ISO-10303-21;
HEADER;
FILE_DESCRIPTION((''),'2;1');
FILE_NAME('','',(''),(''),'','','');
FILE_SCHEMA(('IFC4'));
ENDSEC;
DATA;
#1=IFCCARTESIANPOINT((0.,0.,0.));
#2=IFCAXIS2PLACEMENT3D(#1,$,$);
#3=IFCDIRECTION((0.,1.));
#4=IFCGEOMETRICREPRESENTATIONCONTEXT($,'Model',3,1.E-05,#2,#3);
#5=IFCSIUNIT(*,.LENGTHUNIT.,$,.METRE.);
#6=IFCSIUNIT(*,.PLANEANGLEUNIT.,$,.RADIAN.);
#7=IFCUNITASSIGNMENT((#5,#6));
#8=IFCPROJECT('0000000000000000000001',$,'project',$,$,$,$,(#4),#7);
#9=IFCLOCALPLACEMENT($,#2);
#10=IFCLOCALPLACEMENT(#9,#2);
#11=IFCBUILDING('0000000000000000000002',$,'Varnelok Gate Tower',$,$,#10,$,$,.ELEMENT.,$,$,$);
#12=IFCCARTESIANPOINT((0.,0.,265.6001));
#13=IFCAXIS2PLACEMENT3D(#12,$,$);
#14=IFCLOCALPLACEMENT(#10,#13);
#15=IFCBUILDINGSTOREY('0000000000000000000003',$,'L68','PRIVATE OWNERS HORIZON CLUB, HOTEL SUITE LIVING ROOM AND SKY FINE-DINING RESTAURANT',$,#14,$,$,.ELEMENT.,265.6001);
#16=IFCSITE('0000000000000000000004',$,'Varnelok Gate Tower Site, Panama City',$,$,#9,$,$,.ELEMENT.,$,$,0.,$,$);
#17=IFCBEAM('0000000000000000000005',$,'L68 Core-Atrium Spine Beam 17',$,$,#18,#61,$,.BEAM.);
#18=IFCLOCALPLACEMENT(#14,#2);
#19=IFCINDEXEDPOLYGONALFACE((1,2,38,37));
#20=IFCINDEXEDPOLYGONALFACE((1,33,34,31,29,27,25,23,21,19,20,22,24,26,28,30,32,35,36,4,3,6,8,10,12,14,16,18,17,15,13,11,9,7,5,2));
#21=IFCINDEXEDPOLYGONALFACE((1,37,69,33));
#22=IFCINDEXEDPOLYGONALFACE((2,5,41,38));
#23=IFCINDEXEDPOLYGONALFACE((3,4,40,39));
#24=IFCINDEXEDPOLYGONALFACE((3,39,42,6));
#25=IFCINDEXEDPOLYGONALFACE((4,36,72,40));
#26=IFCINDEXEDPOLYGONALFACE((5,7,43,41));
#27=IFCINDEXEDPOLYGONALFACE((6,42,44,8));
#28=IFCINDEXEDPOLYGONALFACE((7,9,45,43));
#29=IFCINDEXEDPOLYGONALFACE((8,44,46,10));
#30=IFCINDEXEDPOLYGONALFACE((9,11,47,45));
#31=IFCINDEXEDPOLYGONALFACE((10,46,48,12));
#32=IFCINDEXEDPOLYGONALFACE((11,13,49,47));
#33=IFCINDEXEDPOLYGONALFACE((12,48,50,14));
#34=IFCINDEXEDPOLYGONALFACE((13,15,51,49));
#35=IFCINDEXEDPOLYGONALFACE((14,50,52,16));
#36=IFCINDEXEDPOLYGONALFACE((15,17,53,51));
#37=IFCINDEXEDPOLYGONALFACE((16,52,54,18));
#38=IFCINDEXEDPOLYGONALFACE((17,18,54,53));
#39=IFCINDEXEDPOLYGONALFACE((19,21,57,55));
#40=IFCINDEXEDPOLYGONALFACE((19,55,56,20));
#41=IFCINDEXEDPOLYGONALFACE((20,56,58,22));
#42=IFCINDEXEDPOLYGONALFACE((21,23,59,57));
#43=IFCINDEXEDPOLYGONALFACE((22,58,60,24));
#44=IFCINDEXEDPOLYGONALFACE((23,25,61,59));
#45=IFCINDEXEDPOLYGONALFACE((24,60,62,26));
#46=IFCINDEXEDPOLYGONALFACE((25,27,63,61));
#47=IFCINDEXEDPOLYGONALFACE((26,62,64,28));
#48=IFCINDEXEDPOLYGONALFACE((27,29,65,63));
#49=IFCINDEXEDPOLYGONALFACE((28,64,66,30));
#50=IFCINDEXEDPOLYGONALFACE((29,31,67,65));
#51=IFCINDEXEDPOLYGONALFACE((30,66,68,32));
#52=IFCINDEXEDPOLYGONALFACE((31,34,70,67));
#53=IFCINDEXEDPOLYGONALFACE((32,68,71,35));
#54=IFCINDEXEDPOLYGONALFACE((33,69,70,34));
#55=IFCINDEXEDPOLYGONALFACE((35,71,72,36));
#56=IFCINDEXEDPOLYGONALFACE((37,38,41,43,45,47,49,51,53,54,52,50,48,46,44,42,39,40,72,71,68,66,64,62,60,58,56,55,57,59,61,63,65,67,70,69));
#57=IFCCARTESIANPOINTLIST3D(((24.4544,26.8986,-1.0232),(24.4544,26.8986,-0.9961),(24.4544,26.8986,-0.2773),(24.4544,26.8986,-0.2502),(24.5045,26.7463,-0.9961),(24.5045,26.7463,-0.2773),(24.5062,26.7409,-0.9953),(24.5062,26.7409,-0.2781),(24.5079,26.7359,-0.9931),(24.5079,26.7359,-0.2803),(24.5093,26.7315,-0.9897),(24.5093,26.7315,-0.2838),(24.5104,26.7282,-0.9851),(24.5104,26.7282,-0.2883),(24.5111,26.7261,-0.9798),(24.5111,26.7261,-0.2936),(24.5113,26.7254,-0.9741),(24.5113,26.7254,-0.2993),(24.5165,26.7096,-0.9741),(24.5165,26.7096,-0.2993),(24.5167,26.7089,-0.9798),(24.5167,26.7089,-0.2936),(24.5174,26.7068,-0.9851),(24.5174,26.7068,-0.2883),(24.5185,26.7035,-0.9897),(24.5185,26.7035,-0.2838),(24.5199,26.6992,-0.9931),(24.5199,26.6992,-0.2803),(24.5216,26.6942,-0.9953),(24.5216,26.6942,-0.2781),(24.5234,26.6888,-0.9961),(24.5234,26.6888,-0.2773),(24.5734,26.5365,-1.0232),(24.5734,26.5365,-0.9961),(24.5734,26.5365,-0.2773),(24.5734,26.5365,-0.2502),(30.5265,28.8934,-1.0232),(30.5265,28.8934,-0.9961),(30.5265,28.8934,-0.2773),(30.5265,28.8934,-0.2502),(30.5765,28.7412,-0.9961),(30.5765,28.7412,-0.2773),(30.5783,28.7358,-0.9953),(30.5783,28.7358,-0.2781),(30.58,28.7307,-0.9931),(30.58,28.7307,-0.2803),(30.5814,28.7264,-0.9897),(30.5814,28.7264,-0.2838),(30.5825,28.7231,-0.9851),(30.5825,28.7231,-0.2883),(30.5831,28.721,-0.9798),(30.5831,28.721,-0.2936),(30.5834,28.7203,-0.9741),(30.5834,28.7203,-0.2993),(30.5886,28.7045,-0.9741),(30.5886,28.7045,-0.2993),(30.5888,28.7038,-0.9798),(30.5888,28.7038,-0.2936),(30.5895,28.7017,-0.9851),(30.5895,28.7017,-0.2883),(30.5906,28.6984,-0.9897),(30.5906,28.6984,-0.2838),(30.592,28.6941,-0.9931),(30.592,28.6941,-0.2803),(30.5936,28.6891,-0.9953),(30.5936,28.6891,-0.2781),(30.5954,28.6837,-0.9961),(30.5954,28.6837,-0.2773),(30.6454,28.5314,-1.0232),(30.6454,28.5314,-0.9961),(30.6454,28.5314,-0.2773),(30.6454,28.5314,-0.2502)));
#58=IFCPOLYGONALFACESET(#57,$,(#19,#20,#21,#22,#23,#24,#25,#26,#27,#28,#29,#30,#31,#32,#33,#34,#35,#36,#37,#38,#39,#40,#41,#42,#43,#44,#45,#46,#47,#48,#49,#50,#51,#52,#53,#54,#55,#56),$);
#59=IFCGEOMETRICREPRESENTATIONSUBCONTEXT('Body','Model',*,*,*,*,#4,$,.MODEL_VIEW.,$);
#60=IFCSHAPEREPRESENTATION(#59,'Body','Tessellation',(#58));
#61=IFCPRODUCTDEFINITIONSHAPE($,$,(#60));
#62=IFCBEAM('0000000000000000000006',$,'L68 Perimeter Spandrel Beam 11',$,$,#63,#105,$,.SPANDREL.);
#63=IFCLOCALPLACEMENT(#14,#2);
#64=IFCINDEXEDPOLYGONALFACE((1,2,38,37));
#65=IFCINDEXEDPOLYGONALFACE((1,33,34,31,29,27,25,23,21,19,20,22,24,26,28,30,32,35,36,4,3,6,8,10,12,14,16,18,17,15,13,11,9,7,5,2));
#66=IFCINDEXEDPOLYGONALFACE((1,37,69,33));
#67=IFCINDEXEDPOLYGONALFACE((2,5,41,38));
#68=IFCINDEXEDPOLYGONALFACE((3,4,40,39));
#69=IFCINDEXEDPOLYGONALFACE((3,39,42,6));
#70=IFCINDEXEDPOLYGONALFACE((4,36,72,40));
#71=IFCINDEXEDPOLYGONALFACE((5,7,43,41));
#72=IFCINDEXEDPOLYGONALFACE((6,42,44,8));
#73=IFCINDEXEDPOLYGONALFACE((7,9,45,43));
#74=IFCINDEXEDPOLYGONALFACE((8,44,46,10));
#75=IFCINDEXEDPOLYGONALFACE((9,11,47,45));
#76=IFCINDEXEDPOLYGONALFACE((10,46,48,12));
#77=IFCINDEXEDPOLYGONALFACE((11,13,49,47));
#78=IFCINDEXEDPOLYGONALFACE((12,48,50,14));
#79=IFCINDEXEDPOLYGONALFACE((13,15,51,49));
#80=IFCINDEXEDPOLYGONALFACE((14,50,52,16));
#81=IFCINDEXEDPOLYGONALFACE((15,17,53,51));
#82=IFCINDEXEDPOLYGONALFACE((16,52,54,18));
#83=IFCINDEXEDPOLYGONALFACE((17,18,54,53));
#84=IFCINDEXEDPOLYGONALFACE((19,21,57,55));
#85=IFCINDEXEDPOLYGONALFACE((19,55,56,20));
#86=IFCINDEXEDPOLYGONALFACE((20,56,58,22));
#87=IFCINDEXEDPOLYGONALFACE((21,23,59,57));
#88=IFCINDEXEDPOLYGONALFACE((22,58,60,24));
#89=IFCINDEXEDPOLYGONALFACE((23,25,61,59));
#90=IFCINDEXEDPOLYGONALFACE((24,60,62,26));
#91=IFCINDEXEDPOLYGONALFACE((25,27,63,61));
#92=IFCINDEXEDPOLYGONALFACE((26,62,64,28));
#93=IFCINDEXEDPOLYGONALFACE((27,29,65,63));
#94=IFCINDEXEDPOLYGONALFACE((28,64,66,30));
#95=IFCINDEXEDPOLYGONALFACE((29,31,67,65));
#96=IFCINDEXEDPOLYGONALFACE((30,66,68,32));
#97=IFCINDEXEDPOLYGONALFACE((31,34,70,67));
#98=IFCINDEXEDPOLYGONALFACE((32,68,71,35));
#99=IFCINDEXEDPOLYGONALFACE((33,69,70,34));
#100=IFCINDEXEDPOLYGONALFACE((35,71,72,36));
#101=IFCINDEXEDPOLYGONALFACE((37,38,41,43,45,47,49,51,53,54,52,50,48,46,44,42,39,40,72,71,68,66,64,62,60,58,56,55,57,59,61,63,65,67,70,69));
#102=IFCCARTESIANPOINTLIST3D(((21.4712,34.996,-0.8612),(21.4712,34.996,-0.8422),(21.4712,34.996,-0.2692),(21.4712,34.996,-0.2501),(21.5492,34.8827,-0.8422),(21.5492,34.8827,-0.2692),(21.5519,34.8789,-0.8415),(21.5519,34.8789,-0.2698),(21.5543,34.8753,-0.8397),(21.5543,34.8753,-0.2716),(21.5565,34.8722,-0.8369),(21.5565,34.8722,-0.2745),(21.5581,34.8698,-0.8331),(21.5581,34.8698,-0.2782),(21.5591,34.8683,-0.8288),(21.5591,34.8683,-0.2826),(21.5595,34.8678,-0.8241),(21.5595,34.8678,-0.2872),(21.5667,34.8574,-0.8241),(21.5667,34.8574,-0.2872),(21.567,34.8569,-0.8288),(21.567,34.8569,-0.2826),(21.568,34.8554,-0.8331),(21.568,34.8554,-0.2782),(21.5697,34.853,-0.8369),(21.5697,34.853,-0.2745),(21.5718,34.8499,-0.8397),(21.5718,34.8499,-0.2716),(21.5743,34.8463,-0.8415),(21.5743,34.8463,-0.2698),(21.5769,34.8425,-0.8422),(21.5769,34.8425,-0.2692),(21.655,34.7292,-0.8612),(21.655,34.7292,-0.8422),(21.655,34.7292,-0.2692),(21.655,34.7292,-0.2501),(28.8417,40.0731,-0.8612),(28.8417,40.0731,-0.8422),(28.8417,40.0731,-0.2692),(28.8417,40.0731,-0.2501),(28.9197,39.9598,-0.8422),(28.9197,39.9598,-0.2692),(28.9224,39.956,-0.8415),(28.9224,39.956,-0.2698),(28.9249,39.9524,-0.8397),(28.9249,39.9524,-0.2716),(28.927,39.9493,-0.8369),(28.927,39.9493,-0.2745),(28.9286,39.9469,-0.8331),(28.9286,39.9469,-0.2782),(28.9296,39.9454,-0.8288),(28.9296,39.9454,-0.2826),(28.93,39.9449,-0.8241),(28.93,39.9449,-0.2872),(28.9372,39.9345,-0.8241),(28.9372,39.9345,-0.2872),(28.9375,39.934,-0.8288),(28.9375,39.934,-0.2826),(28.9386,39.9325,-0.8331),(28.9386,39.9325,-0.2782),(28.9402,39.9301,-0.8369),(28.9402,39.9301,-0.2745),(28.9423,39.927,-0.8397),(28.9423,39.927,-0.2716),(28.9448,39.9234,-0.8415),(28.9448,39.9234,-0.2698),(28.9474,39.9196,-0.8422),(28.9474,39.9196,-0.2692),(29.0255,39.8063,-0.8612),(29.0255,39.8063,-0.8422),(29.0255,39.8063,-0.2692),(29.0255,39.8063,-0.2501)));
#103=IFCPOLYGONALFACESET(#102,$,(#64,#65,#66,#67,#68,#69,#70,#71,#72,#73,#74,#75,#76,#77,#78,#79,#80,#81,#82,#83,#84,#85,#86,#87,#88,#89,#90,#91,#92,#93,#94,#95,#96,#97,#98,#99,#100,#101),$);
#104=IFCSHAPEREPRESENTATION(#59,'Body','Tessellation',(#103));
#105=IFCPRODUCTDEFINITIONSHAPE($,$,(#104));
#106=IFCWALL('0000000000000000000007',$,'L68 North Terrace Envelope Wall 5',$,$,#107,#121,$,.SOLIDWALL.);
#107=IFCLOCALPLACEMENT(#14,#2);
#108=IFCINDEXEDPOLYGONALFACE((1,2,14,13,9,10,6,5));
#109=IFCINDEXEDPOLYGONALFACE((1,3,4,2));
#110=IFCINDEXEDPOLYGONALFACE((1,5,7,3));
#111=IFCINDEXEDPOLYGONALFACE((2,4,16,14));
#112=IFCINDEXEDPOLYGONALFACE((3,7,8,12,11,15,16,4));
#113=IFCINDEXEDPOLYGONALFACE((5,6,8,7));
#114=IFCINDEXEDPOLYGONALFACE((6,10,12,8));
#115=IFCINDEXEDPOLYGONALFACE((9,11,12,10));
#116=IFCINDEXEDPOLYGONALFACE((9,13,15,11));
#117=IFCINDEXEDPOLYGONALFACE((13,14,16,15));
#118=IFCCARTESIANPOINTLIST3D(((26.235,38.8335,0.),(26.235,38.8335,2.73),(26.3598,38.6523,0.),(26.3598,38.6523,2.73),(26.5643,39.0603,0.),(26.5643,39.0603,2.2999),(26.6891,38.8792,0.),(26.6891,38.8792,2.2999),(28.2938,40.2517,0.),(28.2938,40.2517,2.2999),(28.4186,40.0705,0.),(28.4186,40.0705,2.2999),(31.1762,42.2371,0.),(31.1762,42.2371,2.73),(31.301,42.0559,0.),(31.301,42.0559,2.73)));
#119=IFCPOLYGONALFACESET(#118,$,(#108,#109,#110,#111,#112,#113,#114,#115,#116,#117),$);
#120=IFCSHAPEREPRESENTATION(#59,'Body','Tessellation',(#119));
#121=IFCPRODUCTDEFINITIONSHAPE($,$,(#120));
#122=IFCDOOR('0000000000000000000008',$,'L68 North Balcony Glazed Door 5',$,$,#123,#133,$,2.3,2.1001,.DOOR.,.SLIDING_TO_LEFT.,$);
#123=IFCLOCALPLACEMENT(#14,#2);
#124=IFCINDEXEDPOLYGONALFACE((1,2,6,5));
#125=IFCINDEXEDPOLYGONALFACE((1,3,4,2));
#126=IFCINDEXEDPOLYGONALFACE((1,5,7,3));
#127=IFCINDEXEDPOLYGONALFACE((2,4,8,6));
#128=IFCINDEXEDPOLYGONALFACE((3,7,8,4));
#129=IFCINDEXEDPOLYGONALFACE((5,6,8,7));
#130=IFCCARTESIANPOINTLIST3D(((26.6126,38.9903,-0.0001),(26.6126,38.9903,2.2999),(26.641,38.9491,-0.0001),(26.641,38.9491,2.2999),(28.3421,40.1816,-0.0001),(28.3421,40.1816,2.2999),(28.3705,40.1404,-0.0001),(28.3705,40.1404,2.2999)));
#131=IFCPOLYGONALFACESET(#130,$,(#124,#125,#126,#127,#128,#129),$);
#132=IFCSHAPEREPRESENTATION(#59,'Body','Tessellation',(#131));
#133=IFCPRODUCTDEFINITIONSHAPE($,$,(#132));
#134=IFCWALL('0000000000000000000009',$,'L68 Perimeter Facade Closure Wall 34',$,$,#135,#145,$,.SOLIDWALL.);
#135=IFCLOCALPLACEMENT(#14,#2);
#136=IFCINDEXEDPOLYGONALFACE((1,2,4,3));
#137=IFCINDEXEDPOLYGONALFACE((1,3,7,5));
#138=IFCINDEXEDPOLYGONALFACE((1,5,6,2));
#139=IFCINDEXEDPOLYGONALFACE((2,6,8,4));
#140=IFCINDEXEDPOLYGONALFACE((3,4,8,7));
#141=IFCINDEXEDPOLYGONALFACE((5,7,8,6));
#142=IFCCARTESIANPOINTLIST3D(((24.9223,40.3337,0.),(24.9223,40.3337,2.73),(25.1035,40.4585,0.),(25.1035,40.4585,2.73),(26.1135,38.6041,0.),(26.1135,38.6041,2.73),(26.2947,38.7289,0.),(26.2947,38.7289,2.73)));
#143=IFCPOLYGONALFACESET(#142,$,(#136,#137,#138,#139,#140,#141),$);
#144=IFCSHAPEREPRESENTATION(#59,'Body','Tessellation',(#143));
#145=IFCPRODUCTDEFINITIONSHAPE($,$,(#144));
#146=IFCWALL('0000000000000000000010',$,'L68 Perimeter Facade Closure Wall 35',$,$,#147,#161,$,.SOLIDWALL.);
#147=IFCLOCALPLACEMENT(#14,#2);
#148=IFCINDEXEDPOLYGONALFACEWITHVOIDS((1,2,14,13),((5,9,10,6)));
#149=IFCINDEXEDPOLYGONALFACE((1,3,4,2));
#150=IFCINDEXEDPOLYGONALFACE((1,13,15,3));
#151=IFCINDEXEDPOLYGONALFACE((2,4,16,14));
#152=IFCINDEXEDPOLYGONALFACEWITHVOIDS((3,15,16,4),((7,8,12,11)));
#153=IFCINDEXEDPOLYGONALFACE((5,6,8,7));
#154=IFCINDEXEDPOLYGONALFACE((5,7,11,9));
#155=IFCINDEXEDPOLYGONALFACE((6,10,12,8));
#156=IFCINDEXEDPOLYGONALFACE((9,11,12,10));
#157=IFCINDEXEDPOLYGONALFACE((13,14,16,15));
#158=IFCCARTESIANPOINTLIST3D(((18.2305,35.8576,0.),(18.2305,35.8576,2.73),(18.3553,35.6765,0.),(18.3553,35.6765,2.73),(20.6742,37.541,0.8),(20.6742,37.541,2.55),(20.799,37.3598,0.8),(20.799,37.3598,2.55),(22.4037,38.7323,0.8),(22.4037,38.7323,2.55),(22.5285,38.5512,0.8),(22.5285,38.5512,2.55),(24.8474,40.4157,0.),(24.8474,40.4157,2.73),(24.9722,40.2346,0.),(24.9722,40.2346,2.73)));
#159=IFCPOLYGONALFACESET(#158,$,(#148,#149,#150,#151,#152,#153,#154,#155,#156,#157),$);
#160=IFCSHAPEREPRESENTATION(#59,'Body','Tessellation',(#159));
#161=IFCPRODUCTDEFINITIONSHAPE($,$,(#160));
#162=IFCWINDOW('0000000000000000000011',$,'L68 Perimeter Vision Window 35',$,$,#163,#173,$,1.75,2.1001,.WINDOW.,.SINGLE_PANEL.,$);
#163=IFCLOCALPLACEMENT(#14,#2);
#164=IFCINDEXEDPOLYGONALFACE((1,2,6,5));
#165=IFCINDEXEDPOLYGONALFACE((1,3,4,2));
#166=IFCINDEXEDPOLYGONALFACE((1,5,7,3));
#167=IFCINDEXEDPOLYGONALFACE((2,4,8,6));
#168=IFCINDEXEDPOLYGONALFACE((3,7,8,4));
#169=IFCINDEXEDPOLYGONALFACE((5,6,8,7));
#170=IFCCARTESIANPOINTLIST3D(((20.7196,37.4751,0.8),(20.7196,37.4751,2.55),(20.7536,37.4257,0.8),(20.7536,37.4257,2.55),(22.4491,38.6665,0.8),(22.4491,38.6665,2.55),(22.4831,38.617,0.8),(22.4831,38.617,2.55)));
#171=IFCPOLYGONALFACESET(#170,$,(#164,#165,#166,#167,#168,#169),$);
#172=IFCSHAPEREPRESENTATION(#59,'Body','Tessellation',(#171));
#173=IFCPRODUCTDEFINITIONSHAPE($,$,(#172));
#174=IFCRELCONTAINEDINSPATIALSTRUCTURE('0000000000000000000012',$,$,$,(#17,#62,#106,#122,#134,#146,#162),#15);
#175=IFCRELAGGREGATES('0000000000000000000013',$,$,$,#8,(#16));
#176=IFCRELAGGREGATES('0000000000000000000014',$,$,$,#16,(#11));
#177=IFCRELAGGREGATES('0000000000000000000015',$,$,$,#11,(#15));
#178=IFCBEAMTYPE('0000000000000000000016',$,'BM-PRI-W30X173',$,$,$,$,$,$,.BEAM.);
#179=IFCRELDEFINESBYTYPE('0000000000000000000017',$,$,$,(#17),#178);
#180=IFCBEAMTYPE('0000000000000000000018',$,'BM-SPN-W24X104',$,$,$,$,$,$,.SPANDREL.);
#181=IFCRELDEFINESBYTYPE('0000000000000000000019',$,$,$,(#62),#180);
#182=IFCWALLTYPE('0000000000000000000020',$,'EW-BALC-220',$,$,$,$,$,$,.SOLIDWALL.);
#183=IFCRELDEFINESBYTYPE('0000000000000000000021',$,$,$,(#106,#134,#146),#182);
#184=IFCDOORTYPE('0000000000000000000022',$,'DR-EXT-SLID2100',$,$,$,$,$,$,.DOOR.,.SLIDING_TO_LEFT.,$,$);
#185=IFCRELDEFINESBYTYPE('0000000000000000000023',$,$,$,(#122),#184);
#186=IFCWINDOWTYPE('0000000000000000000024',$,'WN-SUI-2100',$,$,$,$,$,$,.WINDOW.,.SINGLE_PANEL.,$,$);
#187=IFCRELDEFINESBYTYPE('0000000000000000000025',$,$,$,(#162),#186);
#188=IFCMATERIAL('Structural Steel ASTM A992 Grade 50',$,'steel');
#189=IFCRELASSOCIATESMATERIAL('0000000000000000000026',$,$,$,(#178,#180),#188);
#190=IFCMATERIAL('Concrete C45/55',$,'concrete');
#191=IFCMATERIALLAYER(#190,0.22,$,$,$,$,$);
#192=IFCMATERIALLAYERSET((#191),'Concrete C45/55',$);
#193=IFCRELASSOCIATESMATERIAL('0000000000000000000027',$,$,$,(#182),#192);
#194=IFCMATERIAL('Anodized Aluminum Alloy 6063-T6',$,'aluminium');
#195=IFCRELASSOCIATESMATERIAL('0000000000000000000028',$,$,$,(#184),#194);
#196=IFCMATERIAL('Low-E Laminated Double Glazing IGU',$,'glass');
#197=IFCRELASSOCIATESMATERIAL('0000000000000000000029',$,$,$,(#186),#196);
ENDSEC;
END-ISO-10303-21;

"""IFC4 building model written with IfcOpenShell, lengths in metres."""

from ifc_helpers import new_model, si_unit, direction, frame, frame_2d, origin, origin_2d, place, context, subcontext, project, spatial, rectangle, i_section, extrude, material, layer, layer_set, material_profile, profile_set, type_object, element, fill, save


model = new_model("IFC4")

# Units and contexts
model_context = context("Model", 3, precision=1e-05, world=origin(), true_north=direction((0.0, 1.0)))
body_context = subcontext(model_context, "Body", "Model", "MODEL_VIEW")
ifc_project = project(units=[si_unit("LENGTHUNIT", "METRE"), si_unit("PLANEANGLEUNIT", "RADIAN")], contexts=[model_context])

# Site, building, storey
site_placement = place(None, origin())
site = spatial("IfcSite", under=ifc_project, at=site_placement, Name="Varnelok Gate Tower Site, Panama City", CompositionType="ELEMENT", RefElevation=0.0)
building_placement = place(site_placement, origin())
building = spatial("IfcBuilding", under=site, at=building_placement, Name="Varnelok Gate Tower", CompositionType="ELEMENT")
storey_placement = place(building_placement, frame((0.0, 0.0, 265.6001)))
storey = spatial("IfcBuildingStorey", under=building, at=storey_placement, Name="L68", Description="PRIVATE OWNERS HORIZON CLUB, HOTEL SUITE LIVING ROOM AND SKY FINE-DINING RESTAURANT", CompositionType="ELEMENT", Elevation=265.6001)

# Shared definitions
ifc_material_1 = material(Name="Structural Steel ASTM A992 Grade 50", Category="steel")

# Beams
ifc_material_profile_1 = material_profile(ifc_material_1, i_section(OverallWidth=0.3811, OverallDepth=0.7729, WebThickness=0.0166, FlangeThickness=0.0271, FilletRadius=0.022, at=origin_2d()), Name="W30X173")
ifc_profile_set_1 = profile_set([ifc_material_profile_1], Name="Structural Steel ASTM A992 Grade 50")
beam_type_1 = type_object("IfcBeamType", Name="BM-PRI-W30X173", PredefinedType="BEAM", material=ifc_profile_set_1)
beam_1_placement = place(storey_placement, frame((24.5139, 26.7175, -0.6367), z_axis=(0.950042, 0.312122, 0.0), x_axis=(-0.312122, 0.950042, 0.0)))
element("IfcBeam", 1, at=beam_1_placement, inside=storey, type_object=beam_type_1, Name="L68 Core-Atrium Spine Beam 17", PredefinedType="BEAM", context=body_context, shape_type="SweptSolid", body=[
    extrude(i_section(OverallWidth=0.3811, OverallDepth=0.7729, WebThickness=0.0166, FlangeThickness=0.0271, FilletRadius=0.022, at=origin_2d()), origin(), (0.0, 0.0, 1.0), 6.3914),
])
ifc_material_profile_2 = material_profile(ifc_material_1, i_section(OverallWidth=0.324, OverallDepth=0.6111, WebThickness=0.0127, FlangeThickness=0.019, FilletRadius=0.0181, at=origin_2d()), Name="W24X104")
ifc_profile_set_2 = profile_set([ifc_material_profile_2], Name="Structural Steel ASTM A992 Grade 50")
beam_type_2 = type_object("IfcBeamType", Name="BM-SPN-W24X104", PredefinedType="SPANDREL", material=ifc_profile_set_2)
beam_2_placement = place(storey_placement, frame((28.9336, 39.9397, -0.5557), z_axis=(-0.823527, -0.567276, 0.0), x_axis=(0.567276, -0.823527, 0.0)))
element("IfcBeam", 2, at=beam_2_placement, inside=storey, type_object=beam_type_2, Name="L68 Perimeter Spandrel Beam 11", PredefinedType="SPANDREL", context=body_context, shape_type="SweptSolid", body=[
    extrude(i_section(OverallWidth=0.324, OverallDepth=0.6111, WebThickness=0.0127, FlangeThickness=0.019, FilletRadius=0.0181, at=origin_2d()), origin(), (0.0, 0.0, 1.0), 8.95),
])

# Wall, opening, door
ifc_material_2 = material(Name="Concrete C45/55", Category="concrete")
ifc_layer_1 = layer(ifc_material_2, 0.22)
ifc_layer_set_1 = layer_set([ifc_layer_1], Name="Concrete C45/55")
wall_type_1 = type_object("IfcWallType", Name="EW-BALC-220", PredefinedType="SOLIDWALL", material=ifc_layer_set_1)
wall_1_placement = place(storey_placement, frame((26.2974, 38.7429, 0.0), z_axis=(0.0, 0.0, 1.0), x_axis=(0.823535, 0.567266, 0.0)))
wall_1 = element("IfcWall", 3, at=wall_1_placement, inside=storey, type_object=wall_type_1, Name="L68 North Terrace Envelope Wall 5", PredefinedType="SOLIDWALL", context=body_context, shape_type="SweptSolid", body=[
    extrude(rectangle(XDim=6.0, YDim=0.22, at=frame_2d((3.0, 0.0))), origin(), (0.0, 0.0, 1.0), 2.73),
])
opening_1_placement = place(wall_1_placement, frame((0.3999, 0.0, 0.0)))
opening_1 = element("IfcOpeningElement", 4, at=opening_1_placement, cuts=wall_1, PredefinedType="OPENING", context=body_context, shape_type="SweptSolid", body=[
    extrude(rectangle(XDim=2.1001, YDim=2.3, at=frame_2d((1.05, 1.1499))), frame((0.0, 0.1199, 0.0), z_axis=(0.0, -1.0, 0.0), x_axis=(1.0, 0.0, 0.0)), (0.0, 0.0, 1.0), 0.24),
])
ifc_material_3 = material(Name="Anodized Aluminum Alloy 6063-T6", Category="aluminium")
door_type_1 = type_object("IfcDoorType", Name="DR-EXT-SLID2100", OperationType="SLIDING_TO_LEFT", PredefinedType="DOOR", material=ifc_material_3)
door_1_placement = place(opening_1_placement, origin())
door_1 = element("IfcDoor", 5, at=door_1_placement, inside=storey, type_object=door_type_1, Name="L68 North Balcony Glazed Door 5", OperationType="SLIDING_TO_LEFT", OverallHeight=2.3, OverallWidth=2.1001, PredefinedType="DOOR", context=body_context, shape_type="SweptSolid", body=[
    extrude(rectangle(XDim=2.1001, YDim=2.3, at=frame_2d((1.05, 1.1499))), frame((0.0, 0.0249, 0.0), z_axis=(0.0, -1.0, 0.0), x_axis=(1.0, 0.0, 0.0)), (0.0, 0.0, 1.0), 0.05),
])
fill(opening_1, door_1)

# Wall
wall_2_placement = place(storey_placement, frame((26.2041, 38.6665, 0.0), z_axis=(0.0, 0.0, 1.0), x_axis=(-0.567219, 0.823567, 0.0)))
element("IfcWall", 6, at=wall_2_placement, inside=storey, type_object=wall_type_1, Name="L68 Perimeter Facade Closure Wall 34", PredefinedType="SOLIDWALL", context=body_context, shape_type="SweptSolid", body=[
    extrude(rectangle(XDim=2.1001, YDim=0.22, at=frame_2d((1.05, 0.0))), origin(), (0.0, 0.0, 1.0), 2.73),
])

# Wall, opening, window
wall_3_placement = place(storey_placement, frame((24.9099, 40.3252, 0.0), z_axis=(0.0, 0.0, 1.0), x_axis=(-0.823521, -0.567286, 0.0)))
wall_3 = element("IfcWall", 7, at=wall_3_placement, inside=storey, type_object=wall_type_1, Name="L68 Perimeter Facade Closure Wall 35", PredefinedType="SOLIDWALL", context=body_context, shape_type="SweptSolid", body=[
    extrude(rectangle(XDim=8.0349, YDim=0.22, at=frame_2d((4.0176, 0.0))), origin(), (0.0, 0.0, 1.0), 2.73),
])
opening_2_placement = place(wall_3_placement, frame((2.9675, 0.0, 0.8)))
opening_2 = element("IfcOpeningElement", 8, at=opening_2_placement, cuts=wall_3, PredefinedType="OPENING", context=body_context, shape_type="SweptSolid", body=[
    extrude(rectangle(XDim=2.1001, YDim=1.75, at=frame_2d((1.05, 0.875))), frame((0.0, 0.1199, 0.0), z_axis=(0.0, -1.0, 0.0), x_axis=(1.0, 0.0, 0.0)), (0.0, 0.0, 1.0), 0.24),
])
ifc_material_4 = material(Name="Low-E Laminated Double Glazing IGU", Category="glass")
window_type = type_object("IfcWindowType", Name="WN-SUI-2100", PartitioningType="SINGLE_PANEL", PredefinedType="WINDOW", material=ifc_material_4)
window_placement = place(opening_2_placement, origin())
window = element("IfcWindow", 9, at=window_placement, inside=storey, type_object=window_type, Name="L68 Perimeter Vision Window 35", OverallHeight=1.75, OverallWidth=2.1001, PartitioningType="SINGLE_PANEL", PredefinedType="WINDOW", context=body_context, shape_type="SweptSolid", body=[
    extrude(rectangle(XDim=2.1001, YDim=1.75, at=frame_2d((1.05, 0.875))), frame((0.0, 0.03, 0.0), z_axis=(0.0, -1.0, 0.0), x_axis=(1.0, 0.0, 0.0)), (0.0, 0.0, 1.0), 0.0601),
])
fill(opening_2, window)

save(model, "model.ifc")
